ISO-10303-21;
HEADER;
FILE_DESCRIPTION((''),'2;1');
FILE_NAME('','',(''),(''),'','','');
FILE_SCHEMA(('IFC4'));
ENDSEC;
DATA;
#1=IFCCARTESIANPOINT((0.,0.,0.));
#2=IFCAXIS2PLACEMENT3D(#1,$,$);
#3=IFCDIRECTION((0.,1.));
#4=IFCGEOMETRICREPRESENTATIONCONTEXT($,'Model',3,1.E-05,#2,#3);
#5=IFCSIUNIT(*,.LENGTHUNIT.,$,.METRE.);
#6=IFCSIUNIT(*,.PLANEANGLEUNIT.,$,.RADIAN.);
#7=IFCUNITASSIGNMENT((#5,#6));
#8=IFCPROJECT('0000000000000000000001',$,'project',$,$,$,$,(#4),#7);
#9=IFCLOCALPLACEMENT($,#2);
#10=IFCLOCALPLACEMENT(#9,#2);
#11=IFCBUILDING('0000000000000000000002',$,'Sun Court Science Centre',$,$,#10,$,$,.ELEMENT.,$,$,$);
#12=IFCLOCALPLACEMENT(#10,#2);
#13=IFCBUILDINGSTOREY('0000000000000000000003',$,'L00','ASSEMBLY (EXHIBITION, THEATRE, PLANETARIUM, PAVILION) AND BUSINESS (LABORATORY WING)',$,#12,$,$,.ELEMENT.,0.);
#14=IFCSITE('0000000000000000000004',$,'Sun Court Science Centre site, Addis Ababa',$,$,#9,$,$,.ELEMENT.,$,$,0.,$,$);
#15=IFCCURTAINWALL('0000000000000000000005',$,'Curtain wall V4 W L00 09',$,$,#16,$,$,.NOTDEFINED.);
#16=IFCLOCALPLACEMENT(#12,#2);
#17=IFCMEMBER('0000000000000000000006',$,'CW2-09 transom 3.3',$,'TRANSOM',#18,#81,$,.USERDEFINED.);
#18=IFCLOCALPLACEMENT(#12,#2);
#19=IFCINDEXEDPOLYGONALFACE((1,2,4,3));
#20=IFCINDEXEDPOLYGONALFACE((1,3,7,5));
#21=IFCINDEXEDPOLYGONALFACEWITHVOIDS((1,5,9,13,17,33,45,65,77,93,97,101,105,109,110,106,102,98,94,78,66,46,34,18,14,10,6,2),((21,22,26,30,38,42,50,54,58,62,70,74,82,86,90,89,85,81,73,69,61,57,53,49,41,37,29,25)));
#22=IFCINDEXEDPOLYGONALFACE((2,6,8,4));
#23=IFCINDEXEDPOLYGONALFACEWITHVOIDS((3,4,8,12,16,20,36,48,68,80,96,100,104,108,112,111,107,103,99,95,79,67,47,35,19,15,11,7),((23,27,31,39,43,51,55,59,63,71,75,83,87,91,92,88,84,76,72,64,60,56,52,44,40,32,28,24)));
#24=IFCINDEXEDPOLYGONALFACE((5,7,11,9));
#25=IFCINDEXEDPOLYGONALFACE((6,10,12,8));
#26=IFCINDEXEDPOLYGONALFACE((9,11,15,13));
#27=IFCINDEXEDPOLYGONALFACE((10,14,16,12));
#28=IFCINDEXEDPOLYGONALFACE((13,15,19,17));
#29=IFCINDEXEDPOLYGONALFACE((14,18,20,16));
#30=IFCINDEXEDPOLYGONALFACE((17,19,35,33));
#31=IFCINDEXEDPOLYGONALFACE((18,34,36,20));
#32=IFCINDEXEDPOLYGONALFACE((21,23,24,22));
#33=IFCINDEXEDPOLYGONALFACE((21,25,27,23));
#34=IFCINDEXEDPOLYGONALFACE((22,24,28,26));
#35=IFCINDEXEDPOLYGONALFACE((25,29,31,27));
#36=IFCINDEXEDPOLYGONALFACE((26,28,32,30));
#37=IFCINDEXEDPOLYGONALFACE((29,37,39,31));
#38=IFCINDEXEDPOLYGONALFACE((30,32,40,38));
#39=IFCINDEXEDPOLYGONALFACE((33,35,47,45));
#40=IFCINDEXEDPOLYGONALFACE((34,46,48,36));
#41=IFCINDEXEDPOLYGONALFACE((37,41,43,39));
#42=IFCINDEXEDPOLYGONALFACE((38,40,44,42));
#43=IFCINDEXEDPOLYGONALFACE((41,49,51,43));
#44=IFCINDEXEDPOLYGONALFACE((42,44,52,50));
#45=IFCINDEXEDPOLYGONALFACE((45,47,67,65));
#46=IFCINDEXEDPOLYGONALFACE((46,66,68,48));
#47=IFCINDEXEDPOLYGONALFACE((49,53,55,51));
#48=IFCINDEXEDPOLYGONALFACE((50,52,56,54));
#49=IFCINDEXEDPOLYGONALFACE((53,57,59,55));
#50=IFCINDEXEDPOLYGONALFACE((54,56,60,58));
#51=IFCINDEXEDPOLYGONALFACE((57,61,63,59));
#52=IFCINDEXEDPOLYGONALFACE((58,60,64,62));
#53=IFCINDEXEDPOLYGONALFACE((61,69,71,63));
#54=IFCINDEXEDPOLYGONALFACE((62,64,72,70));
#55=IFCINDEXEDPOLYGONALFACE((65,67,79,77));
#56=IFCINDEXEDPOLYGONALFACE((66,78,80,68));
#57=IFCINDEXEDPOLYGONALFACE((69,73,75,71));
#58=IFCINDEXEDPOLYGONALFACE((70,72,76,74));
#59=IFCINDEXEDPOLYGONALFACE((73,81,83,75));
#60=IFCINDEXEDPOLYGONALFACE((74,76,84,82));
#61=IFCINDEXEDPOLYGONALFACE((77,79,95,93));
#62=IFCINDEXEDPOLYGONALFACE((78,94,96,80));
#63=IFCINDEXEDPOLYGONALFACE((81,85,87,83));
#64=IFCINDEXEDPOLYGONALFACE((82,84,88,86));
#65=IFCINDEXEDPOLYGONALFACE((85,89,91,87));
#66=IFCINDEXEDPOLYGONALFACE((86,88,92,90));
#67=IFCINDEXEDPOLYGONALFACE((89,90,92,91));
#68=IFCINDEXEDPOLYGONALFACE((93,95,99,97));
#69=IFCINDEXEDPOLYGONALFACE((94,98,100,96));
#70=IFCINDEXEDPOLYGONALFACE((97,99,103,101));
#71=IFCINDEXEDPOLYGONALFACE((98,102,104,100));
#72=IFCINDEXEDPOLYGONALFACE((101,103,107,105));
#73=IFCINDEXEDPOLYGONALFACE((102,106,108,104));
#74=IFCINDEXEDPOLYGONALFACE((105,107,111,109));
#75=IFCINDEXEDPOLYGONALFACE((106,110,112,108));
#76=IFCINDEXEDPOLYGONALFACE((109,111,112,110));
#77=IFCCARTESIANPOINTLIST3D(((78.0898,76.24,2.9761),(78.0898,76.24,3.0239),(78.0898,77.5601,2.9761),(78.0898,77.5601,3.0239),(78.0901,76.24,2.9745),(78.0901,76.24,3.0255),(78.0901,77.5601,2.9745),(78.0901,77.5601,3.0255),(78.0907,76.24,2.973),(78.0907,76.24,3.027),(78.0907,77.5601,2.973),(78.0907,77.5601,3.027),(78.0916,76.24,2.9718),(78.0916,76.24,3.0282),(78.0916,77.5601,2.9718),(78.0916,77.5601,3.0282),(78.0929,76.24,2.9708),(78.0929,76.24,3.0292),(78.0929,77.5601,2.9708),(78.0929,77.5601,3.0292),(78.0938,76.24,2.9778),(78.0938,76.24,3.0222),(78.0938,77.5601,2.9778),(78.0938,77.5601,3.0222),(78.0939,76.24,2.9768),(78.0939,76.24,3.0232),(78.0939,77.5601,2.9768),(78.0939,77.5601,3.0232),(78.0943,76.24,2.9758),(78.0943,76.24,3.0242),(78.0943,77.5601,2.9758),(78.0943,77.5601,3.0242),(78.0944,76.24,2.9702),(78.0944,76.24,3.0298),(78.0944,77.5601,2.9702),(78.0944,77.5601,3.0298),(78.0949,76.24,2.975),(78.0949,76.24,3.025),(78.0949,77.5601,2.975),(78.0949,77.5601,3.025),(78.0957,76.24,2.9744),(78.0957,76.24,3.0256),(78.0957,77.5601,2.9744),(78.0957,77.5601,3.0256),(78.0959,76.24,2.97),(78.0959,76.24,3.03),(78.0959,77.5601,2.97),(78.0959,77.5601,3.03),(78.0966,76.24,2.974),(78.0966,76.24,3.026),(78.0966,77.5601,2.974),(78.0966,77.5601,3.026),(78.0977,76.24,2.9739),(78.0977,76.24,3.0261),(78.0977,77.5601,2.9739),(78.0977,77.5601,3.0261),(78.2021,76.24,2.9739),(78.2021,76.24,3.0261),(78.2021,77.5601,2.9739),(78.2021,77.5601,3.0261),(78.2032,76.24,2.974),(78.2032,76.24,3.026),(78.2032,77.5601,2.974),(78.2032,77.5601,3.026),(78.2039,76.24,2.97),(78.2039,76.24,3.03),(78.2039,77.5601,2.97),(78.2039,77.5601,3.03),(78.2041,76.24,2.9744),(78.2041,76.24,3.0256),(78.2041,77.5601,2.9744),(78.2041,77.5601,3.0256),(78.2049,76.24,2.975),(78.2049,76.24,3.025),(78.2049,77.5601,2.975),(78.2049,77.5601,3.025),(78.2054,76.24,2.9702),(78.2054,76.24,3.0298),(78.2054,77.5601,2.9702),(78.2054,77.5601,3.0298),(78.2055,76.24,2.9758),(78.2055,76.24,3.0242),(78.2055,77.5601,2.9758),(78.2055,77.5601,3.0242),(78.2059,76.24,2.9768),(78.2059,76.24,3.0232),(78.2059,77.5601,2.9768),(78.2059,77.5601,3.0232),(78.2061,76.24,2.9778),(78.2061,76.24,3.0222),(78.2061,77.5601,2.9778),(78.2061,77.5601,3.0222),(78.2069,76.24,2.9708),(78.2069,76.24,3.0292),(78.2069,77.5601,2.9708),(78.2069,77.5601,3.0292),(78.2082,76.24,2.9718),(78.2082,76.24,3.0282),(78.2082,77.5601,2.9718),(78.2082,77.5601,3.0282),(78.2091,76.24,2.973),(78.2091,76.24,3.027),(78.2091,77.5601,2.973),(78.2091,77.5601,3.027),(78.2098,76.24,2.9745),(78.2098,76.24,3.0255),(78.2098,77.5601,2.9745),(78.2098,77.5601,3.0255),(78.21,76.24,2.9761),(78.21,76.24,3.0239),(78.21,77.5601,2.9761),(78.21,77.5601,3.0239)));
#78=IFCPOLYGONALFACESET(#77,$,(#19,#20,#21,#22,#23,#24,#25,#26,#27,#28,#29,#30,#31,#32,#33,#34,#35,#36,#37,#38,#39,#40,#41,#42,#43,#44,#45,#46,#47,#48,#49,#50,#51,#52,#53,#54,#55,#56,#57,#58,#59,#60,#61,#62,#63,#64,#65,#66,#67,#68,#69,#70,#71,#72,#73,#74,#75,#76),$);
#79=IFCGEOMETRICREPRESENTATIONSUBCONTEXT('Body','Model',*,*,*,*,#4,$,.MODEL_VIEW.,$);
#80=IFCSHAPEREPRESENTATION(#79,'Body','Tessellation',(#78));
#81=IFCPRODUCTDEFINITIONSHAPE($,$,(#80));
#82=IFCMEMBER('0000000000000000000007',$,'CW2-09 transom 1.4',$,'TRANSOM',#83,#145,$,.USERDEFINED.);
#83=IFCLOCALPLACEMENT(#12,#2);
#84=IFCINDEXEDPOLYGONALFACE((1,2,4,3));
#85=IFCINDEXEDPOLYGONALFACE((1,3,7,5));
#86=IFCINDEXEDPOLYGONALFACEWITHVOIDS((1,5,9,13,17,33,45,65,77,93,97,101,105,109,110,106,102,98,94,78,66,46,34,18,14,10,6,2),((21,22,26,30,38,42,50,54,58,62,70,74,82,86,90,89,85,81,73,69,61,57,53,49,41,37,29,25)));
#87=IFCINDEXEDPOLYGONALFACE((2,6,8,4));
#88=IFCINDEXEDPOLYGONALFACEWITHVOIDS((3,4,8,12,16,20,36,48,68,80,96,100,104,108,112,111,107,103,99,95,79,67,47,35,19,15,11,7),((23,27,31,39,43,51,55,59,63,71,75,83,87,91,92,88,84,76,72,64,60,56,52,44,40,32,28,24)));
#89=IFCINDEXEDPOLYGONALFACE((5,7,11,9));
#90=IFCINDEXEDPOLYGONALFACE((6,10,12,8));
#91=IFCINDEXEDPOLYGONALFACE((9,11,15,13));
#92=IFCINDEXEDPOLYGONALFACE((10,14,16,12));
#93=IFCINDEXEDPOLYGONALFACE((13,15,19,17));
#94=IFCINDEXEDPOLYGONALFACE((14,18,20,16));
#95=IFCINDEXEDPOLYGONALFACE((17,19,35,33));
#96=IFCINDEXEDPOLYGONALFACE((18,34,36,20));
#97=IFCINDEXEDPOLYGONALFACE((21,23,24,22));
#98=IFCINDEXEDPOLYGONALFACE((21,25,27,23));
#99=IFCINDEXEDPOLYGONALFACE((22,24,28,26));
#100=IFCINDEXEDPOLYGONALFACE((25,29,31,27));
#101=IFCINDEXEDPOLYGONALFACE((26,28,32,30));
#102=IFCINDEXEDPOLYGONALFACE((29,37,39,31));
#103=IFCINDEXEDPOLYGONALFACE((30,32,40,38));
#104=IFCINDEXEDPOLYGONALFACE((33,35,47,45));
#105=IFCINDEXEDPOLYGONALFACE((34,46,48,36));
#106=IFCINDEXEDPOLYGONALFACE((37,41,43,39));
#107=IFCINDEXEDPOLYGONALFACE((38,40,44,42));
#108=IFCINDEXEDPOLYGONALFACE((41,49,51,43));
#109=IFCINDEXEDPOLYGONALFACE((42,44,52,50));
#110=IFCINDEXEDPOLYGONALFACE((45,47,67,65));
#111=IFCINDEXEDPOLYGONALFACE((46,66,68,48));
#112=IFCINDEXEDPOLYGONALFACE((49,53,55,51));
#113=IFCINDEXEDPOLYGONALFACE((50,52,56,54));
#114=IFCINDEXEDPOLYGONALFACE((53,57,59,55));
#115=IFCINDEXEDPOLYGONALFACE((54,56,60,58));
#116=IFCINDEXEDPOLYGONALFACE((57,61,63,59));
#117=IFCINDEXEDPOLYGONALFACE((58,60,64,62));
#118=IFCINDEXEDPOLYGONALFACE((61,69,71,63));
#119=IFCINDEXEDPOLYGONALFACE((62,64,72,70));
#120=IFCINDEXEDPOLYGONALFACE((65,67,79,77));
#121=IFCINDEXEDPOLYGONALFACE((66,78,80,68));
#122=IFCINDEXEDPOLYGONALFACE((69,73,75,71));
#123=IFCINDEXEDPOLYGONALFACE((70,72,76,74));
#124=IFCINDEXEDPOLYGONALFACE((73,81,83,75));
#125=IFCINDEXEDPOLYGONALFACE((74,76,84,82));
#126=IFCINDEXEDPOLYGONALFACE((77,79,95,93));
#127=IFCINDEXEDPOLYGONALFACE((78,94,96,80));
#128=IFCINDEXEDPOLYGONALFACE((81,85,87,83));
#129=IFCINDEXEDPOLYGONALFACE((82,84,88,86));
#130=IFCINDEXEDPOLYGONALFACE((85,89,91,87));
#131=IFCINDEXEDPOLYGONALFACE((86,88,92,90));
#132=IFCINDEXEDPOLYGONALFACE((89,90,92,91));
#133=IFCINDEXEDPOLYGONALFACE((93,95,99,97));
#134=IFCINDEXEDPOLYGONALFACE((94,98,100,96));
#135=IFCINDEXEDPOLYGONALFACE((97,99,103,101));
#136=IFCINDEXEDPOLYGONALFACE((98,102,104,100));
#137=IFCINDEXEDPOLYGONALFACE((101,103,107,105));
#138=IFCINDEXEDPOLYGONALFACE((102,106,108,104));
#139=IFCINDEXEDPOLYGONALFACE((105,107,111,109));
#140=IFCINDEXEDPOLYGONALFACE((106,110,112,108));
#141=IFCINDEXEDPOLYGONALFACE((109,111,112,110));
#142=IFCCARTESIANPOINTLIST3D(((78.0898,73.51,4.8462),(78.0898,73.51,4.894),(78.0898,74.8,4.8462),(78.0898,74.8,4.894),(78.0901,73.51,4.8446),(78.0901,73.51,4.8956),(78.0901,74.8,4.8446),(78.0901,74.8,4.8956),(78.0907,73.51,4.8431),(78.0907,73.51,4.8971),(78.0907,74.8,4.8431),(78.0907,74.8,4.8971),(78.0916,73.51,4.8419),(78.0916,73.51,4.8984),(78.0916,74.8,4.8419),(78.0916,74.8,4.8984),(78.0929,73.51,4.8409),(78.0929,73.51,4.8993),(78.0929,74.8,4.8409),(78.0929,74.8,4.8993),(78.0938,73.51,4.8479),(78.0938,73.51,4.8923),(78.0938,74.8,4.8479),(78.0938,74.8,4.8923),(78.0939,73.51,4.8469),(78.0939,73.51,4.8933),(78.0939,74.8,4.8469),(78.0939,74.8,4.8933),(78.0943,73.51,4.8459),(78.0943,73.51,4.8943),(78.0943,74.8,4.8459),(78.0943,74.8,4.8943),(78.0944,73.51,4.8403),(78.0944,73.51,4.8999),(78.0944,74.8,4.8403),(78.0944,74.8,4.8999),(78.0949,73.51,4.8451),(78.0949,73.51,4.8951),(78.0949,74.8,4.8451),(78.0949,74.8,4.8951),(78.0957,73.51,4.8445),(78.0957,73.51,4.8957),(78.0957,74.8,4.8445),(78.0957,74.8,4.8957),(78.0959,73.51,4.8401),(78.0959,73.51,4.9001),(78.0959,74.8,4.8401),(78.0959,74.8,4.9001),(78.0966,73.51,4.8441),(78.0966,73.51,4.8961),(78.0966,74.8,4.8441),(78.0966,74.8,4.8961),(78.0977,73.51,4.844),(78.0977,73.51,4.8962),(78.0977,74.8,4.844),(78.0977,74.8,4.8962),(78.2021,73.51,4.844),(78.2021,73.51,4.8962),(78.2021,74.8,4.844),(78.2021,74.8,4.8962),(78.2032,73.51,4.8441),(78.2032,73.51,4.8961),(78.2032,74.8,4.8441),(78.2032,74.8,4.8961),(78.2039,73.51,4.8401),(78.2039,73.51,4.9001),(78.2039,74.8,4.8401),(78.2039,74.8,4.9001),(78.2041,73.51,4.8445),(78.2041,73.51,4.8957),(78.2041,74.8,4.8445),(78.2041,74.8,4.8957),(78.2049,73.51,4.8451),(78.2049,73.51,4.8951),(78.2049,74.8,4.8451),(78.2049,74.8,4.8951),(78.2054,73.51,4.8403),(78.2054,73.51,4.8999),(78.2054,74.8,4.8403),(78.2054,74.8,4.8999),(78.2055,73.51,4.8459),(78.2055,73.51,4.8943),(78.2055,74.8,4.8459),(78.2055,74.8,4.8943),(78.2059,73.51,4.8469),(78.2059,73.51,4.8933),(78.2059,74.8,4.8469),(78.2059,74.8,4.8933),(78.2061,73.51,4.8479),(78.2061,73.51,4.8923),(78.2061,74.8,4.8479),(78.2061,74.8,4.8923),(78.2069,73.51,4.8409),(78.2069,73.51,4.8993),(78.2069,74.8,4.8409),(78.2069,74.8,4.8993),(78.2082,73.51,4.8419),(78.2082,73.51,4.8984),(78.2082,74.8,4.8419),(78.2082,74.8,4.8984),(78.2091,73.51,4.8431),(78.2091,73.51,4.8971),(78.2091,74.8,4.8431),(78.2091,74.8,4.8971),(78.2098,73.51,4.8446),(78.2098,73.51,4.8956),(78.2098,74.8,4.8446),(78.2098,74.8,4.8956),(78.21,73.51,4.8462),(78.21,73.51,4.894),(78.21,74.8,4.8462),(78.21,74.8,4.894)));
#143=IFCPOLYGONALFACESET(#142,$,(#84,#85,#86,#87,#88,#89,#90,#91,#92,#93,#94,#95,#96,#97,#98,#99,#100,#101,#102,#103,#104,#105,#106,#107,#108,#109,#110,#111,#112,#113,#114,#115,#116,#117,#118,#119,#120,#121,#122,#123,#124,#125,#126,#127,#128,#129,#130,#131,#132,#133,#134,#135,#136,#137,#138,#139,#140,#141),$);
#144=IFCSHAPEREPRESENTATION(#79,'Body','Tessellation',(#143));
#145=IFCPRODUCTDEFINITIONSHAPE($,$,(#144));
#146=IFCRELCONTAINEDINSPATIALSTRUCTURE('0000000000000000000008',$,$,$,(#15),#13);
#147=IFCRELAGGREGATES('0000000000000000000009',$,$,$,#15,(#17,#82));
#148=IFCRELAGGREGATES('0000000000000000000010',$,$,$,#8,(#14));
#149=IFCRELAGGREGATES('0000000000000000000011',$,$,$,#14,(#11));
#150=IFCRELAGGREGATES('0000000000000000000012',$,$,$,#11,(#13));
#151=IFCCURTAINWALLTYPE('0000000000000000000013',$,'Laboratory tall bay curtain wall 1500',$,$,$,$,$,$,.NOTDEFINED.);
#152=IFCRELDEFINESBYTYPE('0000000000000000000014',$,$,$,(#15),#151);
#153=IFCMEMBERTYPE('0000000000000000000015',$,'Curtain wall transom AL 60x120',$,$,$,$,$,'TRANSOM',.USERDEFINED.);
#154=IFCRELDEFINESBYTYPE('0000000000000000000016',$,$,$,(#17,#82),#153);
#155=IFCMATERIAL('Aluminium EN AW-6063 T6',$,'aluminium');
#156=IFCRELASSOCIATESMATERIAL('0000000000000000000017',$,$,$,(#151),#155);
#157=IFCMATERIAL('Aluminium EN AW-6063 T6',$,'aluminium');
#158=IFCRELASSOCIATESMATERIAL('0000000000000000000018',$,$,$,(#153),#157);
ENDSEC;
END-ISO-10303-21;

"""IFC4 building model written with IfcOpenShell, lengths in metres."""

from ifc_helpers import new_model, si_unit, direction, frame, origin, origin_2d, place, context, subcontext, project, spatial, hollow_rectangle, extrude, material, material_profile, profile_set, type_object, element, aggregate, save


model = new_model("IFC4")

# Units and contexts
model_context = context("Model", 3, precision=1e-05, world=origin(), true_north=direction((0.0, 1.0)))
body_context = subcontext(model_context, "Body", "Model", "MODEL_VIEW")
ifc_project = project(units=[si_unit("LENGTHUNIT", "METRE"), si_unit("PLANEANGLEUNIT", "RADIAN")], contexts=[model_context])

# Site, building, storey
site_placement = place(None, origin())
site = spatial("IfcSite", under=ifc_project, at=site_placement, Name="Sun Court Science Centre site, Addis Ababa", CompositionType="ELEMENT", RefElevation=0.0)
building_placement = place(site_placement, origin())
building = spatial("IfcBuilding", under=site, at=building_placement, Name="Sun Court Science Centre", CompositionType="ELEMENT")
storey_placement = place(building_placement, origin())
storey = spatial("IfcBuildingStorey", under=building, at=storey_placement, Name="L00", Description="ASSEMBLY (EXHIBITION, THEATRE, PLANETARIUM, PAVILION) AND BUSINESS (LABORATORY WING)", CompositionType="ELEMENT", Elevation=0.0)

# Curtain wall
ifc_material_1 = material(Name="Aluminium EN AW-6063 T6", Category="aluminium")
curtain_wall_type = type_object("IfcCurtainWallType", Name="Laboratory tall bay curtain wall 1500", PredefinedType="NOTDEFINED", material=ifc_material_1)
curtain_wall_1_placement = place(storey_placement, origin())
curtain_wall_1 = element("IfcCurtainWall", 1, at=curtain_wall_1_placement, inside=storey, type_object=curtain_wall_type, Name="Curtain wall V4 W L00 09", PredefinedType="NOTDEFINED")

# Members
ifc_material_2 = material(Name="Aluminium EN AW-6063 T6", Category="aluminium")
ifc_material_profile_1 = material_profile(ifc_material_2, hollow_rectangle(XDim=0.0601, YDim=0.1201, WallThickness=0.0039, InnerFilletRadius=0.0039, OuterFilletRadius=0.0061, at=origin_2d()), Name="AL 60x120x4")
ifc_profile_set_1 = profile_set([ifc_material_profile_1], Name="Aluminium EN AW-6063 T6")
member_type_1 = type_object("IfcMemberType", Name="Curtain wall transom AL 60x120", ElementType="TRANSOM", PredefinedType="USERDEFINED", material=ifc_profile_set_1)
member_1_placement = place(storey_placement, frame((78.1499, 76.24, 3.0), z_axis=(0.0, 1.0, 0.0), x_axis=(0.0, 0.0, 1.0)))
member_1 = element("IfcMember", 2, at=member_1_placement, type_object=member_type_1, Name="CW2-09 transom 3.3", ObjectType="TRANSOM", PredefinedType="USERDEFINED", context=body_context, shape_type="SweptSolid", body=[
    extrude(hollow_rectangle(XDim=0.0601, YDim=0.1201, WallThickness=0.0039, InnerFilletRadius=0.0039, OuterFilletRadius=0.0061, at=origin_2d()), origin(), (0.0, 0.0, 1.0), 1.3201),
])
member_2_placement = place(storey_placement, frame((78.1499, 73.51, 4.8701), z_axis=(0.0, 1.0, 0.0), x_axis=(0.0, 0.0, 1.0)))
member_2 = element("IfcMember", 3, at=member_2_placement, type_object=member_type_1, Name="CW2-09 transom 1.4", ObjectType="TRANSOM", PredefinedType="USERDEFINED", context=body_context, shape_type="SweptSolid", body=[
    extrude(hollow_rectangle(XDim=0.0601, YDim=0.1201, WallThickness=0.0039, InnerFilletRadius=0.0039, OuterFilletRadius=0.0061, at=origin_2d()), origin(), (0.0, 0.0, 1.0), 1.29),
])

aggregate(curtain_wall_1, [member_1, member_2])

save(model, "model.ifc")
